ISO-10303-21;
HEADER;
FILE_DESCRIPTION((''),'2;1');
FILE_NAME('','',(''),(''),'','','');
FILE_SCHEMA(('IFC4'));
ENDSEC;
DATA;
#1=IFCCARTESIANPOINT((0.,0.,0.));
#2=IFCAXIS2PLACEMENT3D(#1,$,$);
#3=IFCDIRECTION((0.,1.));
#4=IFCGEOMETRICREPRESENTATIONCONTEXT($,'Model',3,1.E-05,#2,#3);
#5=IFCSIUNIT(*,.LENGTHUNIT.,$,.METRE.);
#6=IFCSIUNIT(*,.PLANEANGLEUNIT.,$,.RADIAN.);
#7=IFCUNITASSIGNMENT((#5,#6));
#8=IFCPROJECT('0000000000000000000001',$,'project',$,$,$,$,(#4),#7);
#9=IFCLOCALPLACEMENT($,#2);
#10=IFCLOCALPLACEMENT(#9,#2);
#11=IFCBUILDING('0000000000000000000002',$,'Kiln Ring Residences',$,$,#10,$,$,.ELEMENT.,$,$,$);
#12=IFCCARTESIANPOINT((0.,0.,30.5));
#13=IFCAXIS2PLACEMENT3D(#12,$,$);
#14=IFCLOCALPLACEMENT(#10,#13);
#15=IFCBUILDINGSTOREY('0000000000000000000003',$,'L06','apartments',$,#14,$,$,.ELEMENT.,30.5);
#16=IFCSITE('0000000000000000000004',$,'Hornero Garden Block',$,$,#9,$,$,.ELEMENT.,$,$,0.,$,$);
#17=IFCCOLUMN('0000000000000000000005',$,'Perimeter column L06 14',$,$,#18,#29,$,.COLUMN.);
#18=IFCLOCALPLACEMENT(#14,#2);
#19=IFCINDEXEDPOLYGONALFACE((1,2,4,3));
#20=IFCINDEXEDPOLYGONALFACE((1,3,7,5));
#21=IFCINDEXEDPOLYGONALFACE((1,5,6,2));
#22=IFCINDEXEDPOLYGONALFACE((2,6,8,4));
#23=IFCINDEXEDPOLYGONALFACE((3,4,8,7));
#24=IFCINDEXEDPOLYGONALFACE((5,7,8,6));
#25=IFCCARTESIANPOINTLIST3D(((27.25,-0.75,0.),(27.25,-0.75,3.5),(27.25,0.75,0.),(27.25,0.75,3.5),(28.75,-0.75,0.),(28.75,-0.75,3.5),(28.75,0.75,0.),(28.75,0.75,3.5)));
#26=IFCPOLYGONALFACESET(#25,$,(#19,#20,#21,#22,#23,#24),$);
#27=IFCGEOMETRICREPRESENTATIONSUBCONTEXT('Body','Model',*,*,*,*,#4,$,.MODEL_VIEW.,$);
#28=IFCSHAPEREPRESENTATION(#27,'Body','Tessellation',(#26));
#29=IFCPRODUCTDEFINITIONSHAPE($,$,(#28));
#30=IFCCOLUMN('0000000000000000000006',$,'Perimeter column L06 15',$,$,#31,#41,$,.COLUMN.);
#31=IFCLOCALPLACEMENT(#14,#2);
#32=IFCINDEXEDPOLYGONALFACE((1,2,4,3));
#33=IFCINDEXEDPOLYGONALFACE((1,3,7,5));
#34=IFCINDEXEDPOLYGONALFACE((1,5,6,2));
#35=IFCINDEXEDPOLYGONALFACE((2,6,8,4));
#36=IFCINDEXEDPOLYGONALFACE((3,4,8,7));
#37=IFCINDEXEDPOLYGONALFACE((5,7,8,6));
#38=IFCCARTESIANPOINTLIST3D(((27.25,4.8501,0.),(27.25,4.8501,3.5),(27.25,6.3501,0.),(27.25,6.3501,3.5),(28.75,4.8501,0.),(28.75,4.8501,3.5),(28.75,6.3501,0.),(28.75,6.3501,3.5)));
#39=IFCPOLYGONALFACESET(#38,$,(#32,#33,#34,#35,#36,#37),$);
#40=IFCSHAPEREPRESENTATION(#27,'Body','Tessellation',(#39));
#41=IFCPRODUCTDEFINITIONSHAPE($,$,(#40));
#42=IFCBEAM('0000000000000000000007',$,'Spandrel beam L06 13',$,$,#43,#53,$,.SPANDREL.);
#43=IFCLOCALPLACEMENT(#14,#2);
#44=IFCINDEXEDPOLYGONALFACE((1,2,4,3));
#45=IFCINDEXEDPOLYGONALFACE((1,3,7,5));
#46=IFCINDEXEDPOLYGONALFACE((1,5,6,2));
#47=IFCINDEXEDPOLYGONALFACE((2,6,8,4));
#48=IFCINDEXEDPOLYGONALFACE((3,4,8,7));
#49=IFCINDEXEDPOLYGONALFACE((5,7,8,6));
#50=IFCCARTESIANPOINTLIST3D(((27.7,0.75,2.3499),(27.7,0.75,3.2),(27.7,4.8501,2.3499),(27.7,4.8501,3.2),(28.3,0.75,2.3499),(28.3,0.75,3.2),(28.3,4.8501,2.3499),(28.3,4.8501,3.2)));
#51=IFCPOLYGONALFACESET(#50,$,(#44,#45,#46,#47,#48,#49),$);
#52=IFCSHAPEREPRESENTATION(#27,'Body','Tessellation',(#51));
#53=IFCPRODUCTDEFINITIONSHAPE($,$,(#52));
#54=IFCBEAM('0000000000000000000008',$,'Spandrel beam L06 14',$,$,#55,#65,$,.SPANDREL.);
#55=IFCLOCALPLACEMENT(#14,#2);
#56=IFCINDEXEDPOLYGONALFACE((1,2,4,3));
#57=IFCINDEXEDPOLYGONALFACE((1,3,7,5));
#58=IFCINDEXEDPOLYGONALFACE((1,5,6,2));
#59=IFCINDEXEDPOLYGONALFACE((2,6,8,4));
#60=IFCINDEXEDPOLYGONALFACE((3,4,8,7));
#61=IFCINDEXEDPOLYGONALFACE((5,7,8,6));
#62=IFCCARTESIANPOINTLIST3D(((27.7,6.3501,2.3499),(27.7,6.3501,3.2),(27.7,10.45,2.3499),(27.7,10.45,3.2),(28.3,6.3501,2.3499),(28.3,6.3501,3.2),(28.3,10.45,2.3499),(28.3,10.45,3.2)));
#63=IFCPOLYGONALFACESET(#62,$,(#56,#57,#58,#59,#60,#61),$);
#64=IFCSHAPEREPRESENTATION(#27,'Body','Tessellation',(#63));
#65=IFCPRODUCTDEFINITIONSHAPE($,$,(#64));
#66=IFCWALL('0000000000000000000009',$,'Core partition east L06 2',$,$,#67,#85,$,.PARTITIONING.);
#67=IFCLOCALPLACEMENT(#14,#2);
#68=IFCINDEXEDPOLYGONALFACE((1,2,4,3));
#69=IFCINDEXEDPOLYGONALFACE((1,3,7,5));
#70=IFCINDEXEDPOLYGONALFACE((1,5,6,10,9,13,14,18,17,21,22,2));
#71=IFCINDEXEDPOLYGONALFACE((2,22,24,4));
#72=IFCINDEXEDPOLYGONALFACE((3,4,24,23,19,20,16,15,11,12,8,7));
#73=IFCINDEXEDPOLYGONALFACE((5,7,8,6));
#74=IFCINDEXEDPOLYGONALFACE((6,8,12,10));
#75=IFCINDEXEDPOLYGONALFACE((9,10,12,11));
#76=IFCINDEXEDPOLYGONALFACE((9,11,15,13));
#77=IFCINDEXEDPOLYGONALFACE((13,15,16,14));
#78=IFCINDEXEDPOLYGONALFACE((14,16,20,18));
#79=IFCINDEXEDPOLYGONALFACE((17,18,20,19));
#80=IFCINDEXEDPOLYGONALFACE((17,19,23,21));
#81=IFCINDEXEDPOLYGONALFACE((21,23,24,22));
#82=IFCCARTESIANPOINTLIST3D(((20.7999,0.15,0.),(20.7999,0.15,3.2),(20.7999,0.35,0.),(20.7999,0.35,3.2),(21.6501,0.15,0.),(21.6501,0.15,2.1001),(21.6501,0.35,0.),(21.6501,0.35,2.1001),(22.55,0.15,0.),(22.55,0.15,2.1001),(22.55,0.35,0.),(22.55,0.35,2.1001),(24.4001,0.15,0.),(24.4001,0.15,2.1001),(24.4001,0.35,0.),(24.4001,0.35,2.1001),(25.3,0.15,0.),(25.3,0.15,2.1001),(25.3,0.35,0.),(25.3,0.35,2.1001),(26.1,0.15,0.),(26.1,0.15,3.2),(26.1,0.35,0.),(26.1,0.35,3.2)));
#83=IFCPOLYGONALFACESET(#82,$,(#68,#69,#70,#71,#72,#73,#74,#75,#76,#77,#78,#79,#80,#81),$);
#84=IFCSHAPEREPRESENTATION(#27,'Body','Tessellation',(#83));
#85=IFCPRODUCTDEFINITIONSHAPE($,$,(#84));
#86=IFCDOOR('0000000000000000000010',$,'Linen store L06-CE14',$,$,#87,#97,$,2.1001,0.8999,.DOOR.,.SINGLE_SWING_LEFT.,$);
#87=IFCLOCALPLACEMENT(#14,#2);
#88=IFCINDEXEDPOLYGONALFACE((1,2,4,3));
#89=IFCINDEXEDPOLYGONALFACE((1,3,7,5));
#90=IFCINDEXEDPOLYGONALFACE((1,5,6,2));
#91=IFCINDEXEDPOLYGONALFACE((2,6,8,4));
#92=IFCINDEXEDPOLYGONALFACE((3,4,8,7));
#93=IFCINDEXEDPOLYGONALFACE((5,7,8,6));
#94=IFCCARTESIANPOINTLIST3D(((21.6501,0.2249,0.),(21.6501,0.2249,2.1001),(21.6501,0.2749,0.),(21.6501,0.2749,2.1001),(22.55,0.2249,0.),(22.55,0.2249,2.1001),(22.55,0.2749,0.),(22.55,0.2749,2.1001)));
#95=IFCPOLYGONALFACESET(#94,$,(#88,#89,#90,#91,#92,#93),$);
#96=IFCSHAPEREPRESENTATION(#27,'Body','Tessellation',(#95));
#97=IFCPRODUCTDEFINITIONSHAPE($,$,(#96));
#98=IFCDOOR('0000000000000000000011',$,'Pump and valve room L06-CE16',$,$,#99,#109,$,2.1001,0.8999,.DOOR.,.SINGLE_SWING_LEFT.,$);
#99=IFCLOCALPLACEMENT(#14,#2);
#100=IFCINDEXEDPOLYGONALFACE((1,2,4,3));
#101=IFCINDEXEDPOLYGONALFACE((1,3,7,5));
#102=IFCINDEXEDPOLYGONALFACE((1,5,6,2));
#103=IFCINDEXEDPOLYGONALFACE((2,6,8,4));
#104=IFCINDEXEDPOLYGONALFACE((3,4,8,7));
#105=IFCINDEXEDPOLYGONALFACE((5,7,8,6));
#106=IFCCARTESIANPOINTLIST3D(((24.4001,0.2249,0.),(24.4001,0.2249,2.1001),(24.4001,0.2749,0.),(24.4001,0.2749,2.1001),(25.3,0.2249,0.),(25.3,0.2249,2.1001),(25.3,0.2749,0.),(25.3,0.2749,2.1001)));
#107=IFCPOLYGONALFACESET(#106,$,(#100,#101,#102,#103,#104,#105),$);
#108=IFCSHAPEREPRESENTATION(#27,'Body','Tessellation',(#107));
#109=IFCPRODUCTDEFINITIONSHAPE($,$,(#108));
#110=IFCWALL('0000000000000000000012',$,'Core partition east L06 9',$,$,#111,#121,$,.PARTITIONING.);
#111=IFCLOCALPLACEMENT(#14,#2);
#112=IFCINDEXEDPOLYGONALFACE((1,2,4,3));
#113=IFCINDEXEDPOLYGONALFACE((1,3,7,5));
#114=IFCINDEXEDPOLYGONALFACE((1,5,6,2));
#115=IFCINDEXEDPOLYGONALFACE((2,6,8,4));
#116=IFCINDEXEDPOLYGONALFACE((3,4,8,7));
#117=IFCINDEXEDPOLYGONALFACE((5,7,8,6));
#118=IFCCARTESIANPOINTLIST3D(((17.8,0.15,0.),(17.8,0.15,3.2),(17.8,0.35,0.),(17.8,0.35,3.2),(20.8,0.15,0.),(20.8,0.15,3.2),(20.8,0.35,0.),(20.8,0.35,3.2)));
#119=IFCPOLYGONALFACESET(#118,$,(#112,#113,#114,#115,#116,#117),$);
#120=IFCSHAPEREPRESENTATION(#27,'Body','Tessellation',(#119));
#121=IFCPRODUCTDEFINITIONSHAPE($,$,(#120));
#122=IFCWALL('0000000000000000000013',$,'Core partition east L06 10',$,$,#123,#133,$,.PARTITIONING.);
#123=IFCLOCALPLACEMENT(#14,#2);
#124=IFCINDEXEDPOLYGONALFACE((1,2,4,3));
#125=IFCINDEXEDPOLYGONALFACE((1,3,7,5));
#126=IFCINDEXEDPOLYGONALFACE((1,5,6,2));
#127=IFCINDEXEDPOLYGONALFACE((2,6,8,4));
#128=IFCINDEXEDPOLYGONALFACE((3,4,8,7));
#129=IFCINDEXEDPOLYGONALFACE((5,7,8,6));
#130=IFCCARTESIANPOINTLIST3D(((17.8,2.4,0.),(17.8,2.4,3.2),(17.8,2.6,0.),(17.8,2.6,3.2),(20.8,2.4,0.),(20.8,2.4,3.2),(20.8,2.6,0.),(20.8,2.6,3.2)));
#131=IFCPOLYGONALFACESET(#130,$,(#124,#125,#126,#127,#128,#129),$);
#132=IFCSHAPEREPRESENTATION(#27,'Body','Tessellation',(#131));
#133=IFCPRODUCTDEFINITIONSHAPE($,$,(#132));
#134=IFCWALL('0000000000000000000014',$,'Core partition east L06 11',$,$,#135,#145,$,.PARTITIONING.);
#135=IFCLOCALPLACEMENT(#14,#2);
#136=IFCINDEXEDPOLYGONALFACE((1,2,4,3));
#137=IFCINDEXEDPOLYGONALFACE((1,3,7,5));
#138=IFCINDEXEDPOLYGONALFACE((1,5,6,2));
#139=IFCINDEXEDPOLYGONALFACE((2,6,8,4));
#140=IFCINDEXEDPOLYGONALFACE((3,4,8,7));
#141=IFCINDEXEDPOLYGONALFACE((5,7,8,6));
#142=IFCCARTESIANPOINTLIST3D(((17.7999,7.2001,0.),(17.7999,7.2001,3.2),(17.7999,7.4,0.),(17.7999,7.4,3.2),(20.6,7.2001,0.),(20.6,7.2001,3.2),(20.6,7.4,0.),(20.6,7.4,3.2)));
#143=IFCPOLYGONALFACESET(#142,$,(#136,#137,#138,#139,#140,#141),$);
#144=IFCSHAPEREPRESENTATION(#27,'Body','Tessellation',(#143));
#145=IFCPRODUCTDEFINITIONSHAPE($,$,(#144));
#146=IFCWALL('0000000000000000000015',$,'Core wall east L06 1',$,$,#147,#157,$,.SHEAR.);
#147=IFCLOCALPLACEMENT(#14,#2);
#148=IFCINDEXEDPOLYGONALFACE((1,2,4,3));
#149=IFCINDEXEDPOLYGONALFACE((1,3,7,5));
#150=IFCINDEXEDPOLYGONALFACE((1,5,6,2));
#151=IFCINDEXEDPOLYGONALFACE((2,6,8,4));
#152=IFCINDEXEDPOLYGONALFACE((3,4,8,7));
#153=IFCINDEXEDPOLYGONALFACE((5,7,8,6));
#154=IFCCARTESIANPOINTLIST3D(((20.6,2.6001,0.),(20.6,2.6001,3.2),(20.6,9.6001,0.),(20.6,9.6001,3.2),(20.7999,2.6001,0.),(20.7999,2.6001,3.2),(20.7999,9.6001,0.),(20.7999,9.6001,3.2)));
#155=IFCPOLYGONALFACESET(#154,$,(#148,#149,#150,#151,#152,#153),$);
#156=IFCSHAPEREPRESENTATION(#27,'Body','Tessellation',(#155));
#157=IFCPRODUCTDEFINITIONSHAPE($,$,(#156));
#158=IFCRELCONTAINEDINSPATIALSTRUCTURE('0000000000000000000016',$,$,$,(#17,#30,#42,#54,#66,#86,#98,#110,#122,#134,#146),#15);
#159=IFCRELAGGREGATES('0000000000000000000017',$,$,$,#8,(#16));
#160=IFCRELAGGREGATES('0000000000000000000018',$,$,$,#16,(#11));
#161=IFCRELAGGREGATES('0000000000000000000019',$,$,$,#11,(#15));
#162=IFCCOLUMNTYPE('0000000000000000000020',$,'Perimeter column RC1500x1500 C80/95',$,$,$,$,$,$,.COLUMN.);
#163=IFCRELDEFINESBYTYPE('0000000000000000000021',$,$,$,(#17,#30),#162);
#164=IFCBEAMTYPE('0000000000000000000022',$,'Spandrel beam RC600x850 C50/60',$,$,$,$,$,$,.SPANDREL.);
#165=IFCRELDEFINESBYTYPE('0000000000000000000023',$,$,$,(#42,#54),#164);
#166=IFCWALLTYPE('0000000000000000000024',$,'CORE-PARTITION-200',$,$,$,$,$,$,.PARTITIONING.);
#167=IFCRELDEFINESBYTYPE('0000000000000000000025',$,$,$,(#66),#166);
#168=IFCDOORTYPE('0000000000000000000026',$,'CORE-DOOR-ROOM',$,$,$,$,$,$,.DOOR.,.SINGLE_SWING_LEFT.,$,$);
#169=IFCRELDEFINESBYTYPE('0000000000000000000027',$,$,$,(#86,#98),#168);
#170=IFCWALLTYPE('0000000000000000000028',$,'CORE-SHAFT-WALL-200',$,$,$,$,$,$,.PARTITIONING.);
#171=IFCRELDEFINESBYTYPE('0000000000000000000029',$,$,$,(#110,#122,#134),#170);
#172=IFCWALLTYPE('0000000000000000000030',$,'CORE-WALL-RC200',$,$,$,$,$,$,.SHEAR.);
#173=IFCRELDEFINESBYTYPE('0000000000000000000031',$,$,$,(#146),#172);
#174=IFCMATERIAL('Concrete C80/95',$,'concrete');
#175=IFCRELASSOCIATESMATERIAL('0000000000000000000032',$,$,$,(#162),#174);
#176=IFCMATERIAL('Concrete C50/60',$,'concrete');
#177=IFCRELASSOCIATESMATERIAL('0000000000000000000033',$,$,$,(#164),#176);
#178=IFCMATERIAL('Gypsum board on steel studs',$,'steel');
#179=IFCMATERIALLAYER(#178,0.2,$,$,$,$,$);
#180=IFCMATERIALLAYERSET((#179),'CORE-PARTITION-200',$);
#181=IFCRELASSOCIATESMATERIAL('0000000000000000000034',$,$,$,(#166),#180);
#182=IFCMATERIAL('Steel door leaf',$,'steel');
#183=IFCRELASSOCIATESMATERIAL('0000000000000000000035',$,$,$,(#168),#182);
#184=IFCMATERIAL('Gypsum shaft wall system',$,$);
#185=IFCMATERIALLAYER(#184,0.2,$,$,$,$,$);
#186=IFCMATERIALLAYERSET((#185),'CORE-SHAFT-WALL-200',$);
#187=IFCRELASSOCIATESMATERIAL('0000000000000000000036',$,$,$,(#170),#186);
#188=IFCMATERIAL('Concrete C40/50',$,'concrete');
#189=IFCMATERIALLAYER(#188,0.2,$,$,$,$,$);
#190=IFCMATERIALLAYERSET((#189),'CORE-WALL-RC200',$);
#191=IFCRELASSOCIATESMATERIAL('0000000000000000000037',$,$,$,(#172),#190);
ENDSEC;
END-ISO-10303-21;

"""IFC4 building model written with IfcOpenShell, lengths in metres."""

from ifc_helpers import new_model, si_unit, direction, frame, frame_2d, origin, origin_2d, place, context, subcontext, project, spatial, rectangle, extrude, material, layer, layer_set, material_profile, profile_set, type_object, element, fill, save


model = new_model("IFC4")

# Units and contexts
model_context = context("Model", 3, precision=1e-05, world=origin(), true_north=direction((0.0, 1.0)))
body_context = subcontext(model_context, "Body", "Model", "MODEL_VIEW")
ifc_project = project(units=[si_unit("LENGTHUNIT", "METRE"), si_unit("PLANEANGLEUNIT", "RADIAN")], contexts=[model_context])

# Site, building, storey
site_placement = place(None, origin())
site = spatial("IfcSite", under=ifc_project, at=site_placement, Name="Hornero Garden Block", CompositionType="ELEMENT", RefElevation=0.0)
building_placement = place(site_placement, origin())
building = spatial("IfcBuilding", under=site, at=building_placement, Name="Kiln Ring Residences", CompositionType="ELEMENT")
storey_placement = place(building_placement, frame((0.0, 0.0, 30.5)))
storey = spatial("IfcBuildingStorey", under=building, at=storey_placement, Name="L06", Description="apartments", CompositionType="ELEMENT", Elevation=30.5)

# Columns
ifc_material_1 = material(Name="Concrete C80/95", Category="concrete")
ifc_material_profile_1 = material_profile(ifc_material_1, rectangle(XDim=1.5, YDim=1.5, at=origin_2d()), Name="RC1500x1500")
ifc_profile_set_1 = profile_set([ifc_material_profile_1], Name="Concrete C80/95")
column_type = type_object("IfcColumnType", Name="Perimeter column RC1500x1500 C80/95", PredefinedType="COLUMN", material=ifc_profile_set_1)
for number, where, z_axis, x_axis, name in (
    (1, (28.0, 0.0, 0.0), (0.0, 0.0, 1.0), (1.0, 0.0, 0.0), "Perimeter column L06 14"),
    (2, (28.0, 5.6001, 0.0), (0.0, 0.0, 1.0), (1.0, 0.0, 0.0), "Perimeter column L06 15"),
):
    element("IfcColumn", number, at=place(storey_placement, frame(where, z_axis=z_axis, x_axis=x_axis)), inside=storey, type_object=column_type, Name=name, PredefinedType="COLUMN", context=body_context, shape_type="SweptSolid", body=[
        extrude(rectangle(XDim=1.5, YDim=1.5, at=origin_2d()), origin(), (0.0, 0.0, 1.0), 3.5),
    ])

# Beams
ifc_material_2 = material(Name="Concrete C50/60", Category="concrete")
ifc_material_profile_2 = material_profile(ifc_material_2, rectangle(XDim=0.6001, YDim=0.8501, at=origin_2d()), Name="RC600x850")
ifc_profile_set_2 = profile_set([ifc_material_profile_2], Name="Concrete C50/60")
beam_type = type_object("IfcBeamType", Name="Spandrel beam RC600x850 C50/60", PredefinedType="SPANDREL", material=ifc_profile_set_2)
beam_1_placement = place(storey_placement, frame((28.0, 0.75, 2.7749), z_axis=(0.0, 1.0, 0.0), x_axis=(-1.0, 0.0, 0.0)))
element("IfcBeam", 3, at=beam_1_placement, inside=storey, type_object=beam_type, Name="Spandrel beam L06 13", PredefinedType="SPANDREL", context=body_context, shape_type="SweptSolid", body=[
    extrude(rectangle(XDim=0.6001, YDim=0.8501, at=origin_2d()), origin(), (0.0, 0.0, 1.0), 4.1001),
])
beam_2_placement = place(storey_placement, frame((28.0, 6.3501, 2.7749), z_axis=(0.0, 1.0, 0.0), x_axis=(-1.0, 0.0, 0.0)))
element("IfcBeam", 4, at=beam_2_placement, inside=storey, type_object=beam_type, Name="Spandrel beam L06 14", PredefinedType="SPANDREL", context=body_context, shape_type="SweptSolid", body=[
    extrude(rectangle(XDim=0.6001, YDim=0.8501, at=origin_2d()), origin(), (0.0, 0.0, 1.0), 4.0999),
])

# Wall, openings, doors
ifc_material_3 = material(Name="Gypsum board on steel studs", Category="steel")
ifc_layer_1 = layer(ifc_material_3, 0.2)
ifc_layer_set_1 = layer_set([ifc_layer_1], Name="CORE-PARTITION-200")
wall_type_1 = type_object("IfcWallType", Name="CORE-PARTITION-200", PredefinedType="PARTITIONING", material=ifc_layer_set_1)
wall_1_placement = place(storey_placement, frame((20.8, 0.25, 0.0), z_axis=(0.0, 0.0, 1.0), x_axis=(1.0, 0.0, 0.0)))
wall_1 = element("IfcWall", 5, at=wall_1_placement, inside=storey, type_object=wall_type_1, Name="Core partition east L06 2", PredefinedType="PARTITIONING", context=body_context, shape_type="SweptSolid", body=[
    extrude(rectangle(XDim=5.3, YDim=0.2, at=frame_2d((2.6499, 0.0))), origin(), (0.0, 0.0, 1.0), 3.2),
])
opening_1_placement = place(wall_1_placement, frame((0.8501, 0.0, 0.0)))
opening_1 = element("IfcOpeningElement", 6, at=opening_1_placement, cuts=wall_1, PredefinedType="OPENING", context=body_context, shape_type="SweptSolid", body=[
    extrude(rectangle(XDim=0.8999, YDim=2.1001, at=frame_2d((0.45, 1.05))), frame((0.0, 0.1099, 0.0), z_axis=(0.0, -1.0, 0.0), x_axis=(1.0, 0.0, 0.0)), (0.0, 0.0, 1.0), 0.22),
])
opening_2_placement = place(wall_1_placement, frame((3.6001, 0.0, 0.0)))
opening_2 = element("IfcOpeningElement", 7, at=opening_2_placement, cuts=wall_1, PredefinedType="OPENING", context=body_context, shape_type="SweptSolid", body=[
    extrude(rectangle(XDim=0.8999, YDim=2.1001, at=frame_2d((0.45, 1.05))), frame((0.0, 0.1099, 0.0), z_axis=(0.0, -1.0, 0.0), x_axis=(1.0, 0.0, 0.0)), (0.0, 0.0, 1.0), 0.22),
])
ifc_material_4 = material(Name="Steel door leaf", Category="steel")
door_type = type_object("IfcDoorType", Name="CORE-DOOR-ROOM", OperationType="SINGLE_SWING_LEFT", PredefinedType="DOOR", material=ifc_material_4)
door_1_placement = place(opening_1_placement, origin())
door_1 = element("IfcDoor", 8, at=door_1_placement, inside=storey, type_object=door_type, Name="Linen store L06-CE14", OperationType="SINGLE_SWING_LEFT", OverallHeight=2.1001, OverallWidth=0.8999, PredefinedType="DOOR", context=body_context, shape_type="SweptSolid", body=[
    extrude(rectangle(XDim=0.8999, YDim=2.1001, at=frame_2d((0.45, 1.05))), frame((0.0, 0.0249, 0.0), z_axis=(0.0, -1.0, 0.0), x_axis=(1.0, 0.0, 0.0)), (0.0, 0.0, 1.0), 0.05),
])
fill(opening_1, door_1)
door_2_placement = place(opening_2_placement, origin())
door_2 = element("IfcDoor", 9, at=door_2_placement, inside=storey, type_object=door_type, Name="Pump and valve room L06-CE16", OperationType="SINGLE_SWING_LEFT", OverallHeight=2.1001, OverallWidth=0.8999, PredefinedType="DOOR", context=body_context, shape_type="SweptSolid", body=[
    extrude(rectangle(XDim=0.8999, YDim=2.1001, at=frame_2d((0.45, 1.05))), frame((0.0, 0.0249, 0.0), z_axis=(0.0, -1.0, 0.0), x_axis=(1.0, 0.0, 0.0)), (0.0, 0.0, 1.0), 0.05),
])
fill(opening_2, door_2)

# Walls
ifc_material_5 = material(Name="Gypsum shaft wall system")
ifc_layer_2 = layer(ifc_material_5, 0.2)
ifc_layer_set_2 = layer_set([ifc_layer_2], Name="CORE-SHAFT-WALL-200")
wall_type_2 = type_object("IfcWallType", Name="CORE-SHAFT-WALL-200", PredefinedType="PARTITIONING", material=ifc_layer_set_2)
for number, where, z_axis, x_axis, name in (
    (10, (17.8, 0.25, 0.0), (0.0, 0.0, 1.0), (1.0, 0.0, 0.0), "Core partition east L06 9"),
    (11, (17.8, 2.5, 0.0), (0.0, 0.0, 1.0), (1.0, 0.0, 0.0), "Core partition east L06 10"),
):
    element("IfcWall", number, at=place(storey_placement, frame(where, z_axis=z_axis, x_axis=x_axis)), inside=storey, type_object=wall_type_2, Name=name, PredefinedType="PARTITIONING", context=body_context, shape_type="SweptSolid", body=[
        extrude(rectangle(XDim=3.0, YDim=0.2, at=frame_2d((1.5, 0.0))), origin(), (0.0, 0.0, 1.0), 3.2),
    ])
wall_2_placement = place(storey_placement, frame((17.8, 7.3, 0.0), z_axis=(0.0, 0.0, 1.0), x_axis=(1.0, 0.0, 0.0)))
element("IfcWall", 12, at=wall_2_placement, inside=storey, type_object=wall_type_2, Name="Core partition east L06 11", PredefinedType="PARTITIONING", context=body_context, shape_type="SweptSolid", body=[
    extrude(rectangle(XDim=2.8, YDim=0.2, at=frame_2d((1.3999, 0.0))), origin(), (0.0, 0.0, 1.0), 3.2),
])
ifc_material_6 = material(Name="Concrete C40/50", Category="concrete")
ifc_layer_3 = layer(ifc_material_6, 0.2)
ifc_layer_set_3 = layer_set([ifc_layer_3], Name="CORE-WALL-RC200")
wall_type_3 = type_object("IfcWallType", Name="CORE-WALL-RC200", PredefinedType="SHEAR", material=ifc_layer_set_3)
wall_3_placement = place(storey_placement, frame((20.7, 2.6001, 0.0), z_axis=(0.0, 0.0, 1.0), x_axis=(0.0, 1.0, 0.0)))
element("IfcWall", 13, at=wall_3_placement, inside=storey, type_object=wall_type_3, Name="Core wall east L06 1", PredefinedType="SHEAR", context=body_context, shape_type="SweptSolid", body=[
    extrude(rectangle(XDim=7.0, YDim=0.2, at=frame_2d((3.5, 0.0))), origin(), (0.0, 0.0, 1.0), 3.2),
])

save(model, "model.ifc")
